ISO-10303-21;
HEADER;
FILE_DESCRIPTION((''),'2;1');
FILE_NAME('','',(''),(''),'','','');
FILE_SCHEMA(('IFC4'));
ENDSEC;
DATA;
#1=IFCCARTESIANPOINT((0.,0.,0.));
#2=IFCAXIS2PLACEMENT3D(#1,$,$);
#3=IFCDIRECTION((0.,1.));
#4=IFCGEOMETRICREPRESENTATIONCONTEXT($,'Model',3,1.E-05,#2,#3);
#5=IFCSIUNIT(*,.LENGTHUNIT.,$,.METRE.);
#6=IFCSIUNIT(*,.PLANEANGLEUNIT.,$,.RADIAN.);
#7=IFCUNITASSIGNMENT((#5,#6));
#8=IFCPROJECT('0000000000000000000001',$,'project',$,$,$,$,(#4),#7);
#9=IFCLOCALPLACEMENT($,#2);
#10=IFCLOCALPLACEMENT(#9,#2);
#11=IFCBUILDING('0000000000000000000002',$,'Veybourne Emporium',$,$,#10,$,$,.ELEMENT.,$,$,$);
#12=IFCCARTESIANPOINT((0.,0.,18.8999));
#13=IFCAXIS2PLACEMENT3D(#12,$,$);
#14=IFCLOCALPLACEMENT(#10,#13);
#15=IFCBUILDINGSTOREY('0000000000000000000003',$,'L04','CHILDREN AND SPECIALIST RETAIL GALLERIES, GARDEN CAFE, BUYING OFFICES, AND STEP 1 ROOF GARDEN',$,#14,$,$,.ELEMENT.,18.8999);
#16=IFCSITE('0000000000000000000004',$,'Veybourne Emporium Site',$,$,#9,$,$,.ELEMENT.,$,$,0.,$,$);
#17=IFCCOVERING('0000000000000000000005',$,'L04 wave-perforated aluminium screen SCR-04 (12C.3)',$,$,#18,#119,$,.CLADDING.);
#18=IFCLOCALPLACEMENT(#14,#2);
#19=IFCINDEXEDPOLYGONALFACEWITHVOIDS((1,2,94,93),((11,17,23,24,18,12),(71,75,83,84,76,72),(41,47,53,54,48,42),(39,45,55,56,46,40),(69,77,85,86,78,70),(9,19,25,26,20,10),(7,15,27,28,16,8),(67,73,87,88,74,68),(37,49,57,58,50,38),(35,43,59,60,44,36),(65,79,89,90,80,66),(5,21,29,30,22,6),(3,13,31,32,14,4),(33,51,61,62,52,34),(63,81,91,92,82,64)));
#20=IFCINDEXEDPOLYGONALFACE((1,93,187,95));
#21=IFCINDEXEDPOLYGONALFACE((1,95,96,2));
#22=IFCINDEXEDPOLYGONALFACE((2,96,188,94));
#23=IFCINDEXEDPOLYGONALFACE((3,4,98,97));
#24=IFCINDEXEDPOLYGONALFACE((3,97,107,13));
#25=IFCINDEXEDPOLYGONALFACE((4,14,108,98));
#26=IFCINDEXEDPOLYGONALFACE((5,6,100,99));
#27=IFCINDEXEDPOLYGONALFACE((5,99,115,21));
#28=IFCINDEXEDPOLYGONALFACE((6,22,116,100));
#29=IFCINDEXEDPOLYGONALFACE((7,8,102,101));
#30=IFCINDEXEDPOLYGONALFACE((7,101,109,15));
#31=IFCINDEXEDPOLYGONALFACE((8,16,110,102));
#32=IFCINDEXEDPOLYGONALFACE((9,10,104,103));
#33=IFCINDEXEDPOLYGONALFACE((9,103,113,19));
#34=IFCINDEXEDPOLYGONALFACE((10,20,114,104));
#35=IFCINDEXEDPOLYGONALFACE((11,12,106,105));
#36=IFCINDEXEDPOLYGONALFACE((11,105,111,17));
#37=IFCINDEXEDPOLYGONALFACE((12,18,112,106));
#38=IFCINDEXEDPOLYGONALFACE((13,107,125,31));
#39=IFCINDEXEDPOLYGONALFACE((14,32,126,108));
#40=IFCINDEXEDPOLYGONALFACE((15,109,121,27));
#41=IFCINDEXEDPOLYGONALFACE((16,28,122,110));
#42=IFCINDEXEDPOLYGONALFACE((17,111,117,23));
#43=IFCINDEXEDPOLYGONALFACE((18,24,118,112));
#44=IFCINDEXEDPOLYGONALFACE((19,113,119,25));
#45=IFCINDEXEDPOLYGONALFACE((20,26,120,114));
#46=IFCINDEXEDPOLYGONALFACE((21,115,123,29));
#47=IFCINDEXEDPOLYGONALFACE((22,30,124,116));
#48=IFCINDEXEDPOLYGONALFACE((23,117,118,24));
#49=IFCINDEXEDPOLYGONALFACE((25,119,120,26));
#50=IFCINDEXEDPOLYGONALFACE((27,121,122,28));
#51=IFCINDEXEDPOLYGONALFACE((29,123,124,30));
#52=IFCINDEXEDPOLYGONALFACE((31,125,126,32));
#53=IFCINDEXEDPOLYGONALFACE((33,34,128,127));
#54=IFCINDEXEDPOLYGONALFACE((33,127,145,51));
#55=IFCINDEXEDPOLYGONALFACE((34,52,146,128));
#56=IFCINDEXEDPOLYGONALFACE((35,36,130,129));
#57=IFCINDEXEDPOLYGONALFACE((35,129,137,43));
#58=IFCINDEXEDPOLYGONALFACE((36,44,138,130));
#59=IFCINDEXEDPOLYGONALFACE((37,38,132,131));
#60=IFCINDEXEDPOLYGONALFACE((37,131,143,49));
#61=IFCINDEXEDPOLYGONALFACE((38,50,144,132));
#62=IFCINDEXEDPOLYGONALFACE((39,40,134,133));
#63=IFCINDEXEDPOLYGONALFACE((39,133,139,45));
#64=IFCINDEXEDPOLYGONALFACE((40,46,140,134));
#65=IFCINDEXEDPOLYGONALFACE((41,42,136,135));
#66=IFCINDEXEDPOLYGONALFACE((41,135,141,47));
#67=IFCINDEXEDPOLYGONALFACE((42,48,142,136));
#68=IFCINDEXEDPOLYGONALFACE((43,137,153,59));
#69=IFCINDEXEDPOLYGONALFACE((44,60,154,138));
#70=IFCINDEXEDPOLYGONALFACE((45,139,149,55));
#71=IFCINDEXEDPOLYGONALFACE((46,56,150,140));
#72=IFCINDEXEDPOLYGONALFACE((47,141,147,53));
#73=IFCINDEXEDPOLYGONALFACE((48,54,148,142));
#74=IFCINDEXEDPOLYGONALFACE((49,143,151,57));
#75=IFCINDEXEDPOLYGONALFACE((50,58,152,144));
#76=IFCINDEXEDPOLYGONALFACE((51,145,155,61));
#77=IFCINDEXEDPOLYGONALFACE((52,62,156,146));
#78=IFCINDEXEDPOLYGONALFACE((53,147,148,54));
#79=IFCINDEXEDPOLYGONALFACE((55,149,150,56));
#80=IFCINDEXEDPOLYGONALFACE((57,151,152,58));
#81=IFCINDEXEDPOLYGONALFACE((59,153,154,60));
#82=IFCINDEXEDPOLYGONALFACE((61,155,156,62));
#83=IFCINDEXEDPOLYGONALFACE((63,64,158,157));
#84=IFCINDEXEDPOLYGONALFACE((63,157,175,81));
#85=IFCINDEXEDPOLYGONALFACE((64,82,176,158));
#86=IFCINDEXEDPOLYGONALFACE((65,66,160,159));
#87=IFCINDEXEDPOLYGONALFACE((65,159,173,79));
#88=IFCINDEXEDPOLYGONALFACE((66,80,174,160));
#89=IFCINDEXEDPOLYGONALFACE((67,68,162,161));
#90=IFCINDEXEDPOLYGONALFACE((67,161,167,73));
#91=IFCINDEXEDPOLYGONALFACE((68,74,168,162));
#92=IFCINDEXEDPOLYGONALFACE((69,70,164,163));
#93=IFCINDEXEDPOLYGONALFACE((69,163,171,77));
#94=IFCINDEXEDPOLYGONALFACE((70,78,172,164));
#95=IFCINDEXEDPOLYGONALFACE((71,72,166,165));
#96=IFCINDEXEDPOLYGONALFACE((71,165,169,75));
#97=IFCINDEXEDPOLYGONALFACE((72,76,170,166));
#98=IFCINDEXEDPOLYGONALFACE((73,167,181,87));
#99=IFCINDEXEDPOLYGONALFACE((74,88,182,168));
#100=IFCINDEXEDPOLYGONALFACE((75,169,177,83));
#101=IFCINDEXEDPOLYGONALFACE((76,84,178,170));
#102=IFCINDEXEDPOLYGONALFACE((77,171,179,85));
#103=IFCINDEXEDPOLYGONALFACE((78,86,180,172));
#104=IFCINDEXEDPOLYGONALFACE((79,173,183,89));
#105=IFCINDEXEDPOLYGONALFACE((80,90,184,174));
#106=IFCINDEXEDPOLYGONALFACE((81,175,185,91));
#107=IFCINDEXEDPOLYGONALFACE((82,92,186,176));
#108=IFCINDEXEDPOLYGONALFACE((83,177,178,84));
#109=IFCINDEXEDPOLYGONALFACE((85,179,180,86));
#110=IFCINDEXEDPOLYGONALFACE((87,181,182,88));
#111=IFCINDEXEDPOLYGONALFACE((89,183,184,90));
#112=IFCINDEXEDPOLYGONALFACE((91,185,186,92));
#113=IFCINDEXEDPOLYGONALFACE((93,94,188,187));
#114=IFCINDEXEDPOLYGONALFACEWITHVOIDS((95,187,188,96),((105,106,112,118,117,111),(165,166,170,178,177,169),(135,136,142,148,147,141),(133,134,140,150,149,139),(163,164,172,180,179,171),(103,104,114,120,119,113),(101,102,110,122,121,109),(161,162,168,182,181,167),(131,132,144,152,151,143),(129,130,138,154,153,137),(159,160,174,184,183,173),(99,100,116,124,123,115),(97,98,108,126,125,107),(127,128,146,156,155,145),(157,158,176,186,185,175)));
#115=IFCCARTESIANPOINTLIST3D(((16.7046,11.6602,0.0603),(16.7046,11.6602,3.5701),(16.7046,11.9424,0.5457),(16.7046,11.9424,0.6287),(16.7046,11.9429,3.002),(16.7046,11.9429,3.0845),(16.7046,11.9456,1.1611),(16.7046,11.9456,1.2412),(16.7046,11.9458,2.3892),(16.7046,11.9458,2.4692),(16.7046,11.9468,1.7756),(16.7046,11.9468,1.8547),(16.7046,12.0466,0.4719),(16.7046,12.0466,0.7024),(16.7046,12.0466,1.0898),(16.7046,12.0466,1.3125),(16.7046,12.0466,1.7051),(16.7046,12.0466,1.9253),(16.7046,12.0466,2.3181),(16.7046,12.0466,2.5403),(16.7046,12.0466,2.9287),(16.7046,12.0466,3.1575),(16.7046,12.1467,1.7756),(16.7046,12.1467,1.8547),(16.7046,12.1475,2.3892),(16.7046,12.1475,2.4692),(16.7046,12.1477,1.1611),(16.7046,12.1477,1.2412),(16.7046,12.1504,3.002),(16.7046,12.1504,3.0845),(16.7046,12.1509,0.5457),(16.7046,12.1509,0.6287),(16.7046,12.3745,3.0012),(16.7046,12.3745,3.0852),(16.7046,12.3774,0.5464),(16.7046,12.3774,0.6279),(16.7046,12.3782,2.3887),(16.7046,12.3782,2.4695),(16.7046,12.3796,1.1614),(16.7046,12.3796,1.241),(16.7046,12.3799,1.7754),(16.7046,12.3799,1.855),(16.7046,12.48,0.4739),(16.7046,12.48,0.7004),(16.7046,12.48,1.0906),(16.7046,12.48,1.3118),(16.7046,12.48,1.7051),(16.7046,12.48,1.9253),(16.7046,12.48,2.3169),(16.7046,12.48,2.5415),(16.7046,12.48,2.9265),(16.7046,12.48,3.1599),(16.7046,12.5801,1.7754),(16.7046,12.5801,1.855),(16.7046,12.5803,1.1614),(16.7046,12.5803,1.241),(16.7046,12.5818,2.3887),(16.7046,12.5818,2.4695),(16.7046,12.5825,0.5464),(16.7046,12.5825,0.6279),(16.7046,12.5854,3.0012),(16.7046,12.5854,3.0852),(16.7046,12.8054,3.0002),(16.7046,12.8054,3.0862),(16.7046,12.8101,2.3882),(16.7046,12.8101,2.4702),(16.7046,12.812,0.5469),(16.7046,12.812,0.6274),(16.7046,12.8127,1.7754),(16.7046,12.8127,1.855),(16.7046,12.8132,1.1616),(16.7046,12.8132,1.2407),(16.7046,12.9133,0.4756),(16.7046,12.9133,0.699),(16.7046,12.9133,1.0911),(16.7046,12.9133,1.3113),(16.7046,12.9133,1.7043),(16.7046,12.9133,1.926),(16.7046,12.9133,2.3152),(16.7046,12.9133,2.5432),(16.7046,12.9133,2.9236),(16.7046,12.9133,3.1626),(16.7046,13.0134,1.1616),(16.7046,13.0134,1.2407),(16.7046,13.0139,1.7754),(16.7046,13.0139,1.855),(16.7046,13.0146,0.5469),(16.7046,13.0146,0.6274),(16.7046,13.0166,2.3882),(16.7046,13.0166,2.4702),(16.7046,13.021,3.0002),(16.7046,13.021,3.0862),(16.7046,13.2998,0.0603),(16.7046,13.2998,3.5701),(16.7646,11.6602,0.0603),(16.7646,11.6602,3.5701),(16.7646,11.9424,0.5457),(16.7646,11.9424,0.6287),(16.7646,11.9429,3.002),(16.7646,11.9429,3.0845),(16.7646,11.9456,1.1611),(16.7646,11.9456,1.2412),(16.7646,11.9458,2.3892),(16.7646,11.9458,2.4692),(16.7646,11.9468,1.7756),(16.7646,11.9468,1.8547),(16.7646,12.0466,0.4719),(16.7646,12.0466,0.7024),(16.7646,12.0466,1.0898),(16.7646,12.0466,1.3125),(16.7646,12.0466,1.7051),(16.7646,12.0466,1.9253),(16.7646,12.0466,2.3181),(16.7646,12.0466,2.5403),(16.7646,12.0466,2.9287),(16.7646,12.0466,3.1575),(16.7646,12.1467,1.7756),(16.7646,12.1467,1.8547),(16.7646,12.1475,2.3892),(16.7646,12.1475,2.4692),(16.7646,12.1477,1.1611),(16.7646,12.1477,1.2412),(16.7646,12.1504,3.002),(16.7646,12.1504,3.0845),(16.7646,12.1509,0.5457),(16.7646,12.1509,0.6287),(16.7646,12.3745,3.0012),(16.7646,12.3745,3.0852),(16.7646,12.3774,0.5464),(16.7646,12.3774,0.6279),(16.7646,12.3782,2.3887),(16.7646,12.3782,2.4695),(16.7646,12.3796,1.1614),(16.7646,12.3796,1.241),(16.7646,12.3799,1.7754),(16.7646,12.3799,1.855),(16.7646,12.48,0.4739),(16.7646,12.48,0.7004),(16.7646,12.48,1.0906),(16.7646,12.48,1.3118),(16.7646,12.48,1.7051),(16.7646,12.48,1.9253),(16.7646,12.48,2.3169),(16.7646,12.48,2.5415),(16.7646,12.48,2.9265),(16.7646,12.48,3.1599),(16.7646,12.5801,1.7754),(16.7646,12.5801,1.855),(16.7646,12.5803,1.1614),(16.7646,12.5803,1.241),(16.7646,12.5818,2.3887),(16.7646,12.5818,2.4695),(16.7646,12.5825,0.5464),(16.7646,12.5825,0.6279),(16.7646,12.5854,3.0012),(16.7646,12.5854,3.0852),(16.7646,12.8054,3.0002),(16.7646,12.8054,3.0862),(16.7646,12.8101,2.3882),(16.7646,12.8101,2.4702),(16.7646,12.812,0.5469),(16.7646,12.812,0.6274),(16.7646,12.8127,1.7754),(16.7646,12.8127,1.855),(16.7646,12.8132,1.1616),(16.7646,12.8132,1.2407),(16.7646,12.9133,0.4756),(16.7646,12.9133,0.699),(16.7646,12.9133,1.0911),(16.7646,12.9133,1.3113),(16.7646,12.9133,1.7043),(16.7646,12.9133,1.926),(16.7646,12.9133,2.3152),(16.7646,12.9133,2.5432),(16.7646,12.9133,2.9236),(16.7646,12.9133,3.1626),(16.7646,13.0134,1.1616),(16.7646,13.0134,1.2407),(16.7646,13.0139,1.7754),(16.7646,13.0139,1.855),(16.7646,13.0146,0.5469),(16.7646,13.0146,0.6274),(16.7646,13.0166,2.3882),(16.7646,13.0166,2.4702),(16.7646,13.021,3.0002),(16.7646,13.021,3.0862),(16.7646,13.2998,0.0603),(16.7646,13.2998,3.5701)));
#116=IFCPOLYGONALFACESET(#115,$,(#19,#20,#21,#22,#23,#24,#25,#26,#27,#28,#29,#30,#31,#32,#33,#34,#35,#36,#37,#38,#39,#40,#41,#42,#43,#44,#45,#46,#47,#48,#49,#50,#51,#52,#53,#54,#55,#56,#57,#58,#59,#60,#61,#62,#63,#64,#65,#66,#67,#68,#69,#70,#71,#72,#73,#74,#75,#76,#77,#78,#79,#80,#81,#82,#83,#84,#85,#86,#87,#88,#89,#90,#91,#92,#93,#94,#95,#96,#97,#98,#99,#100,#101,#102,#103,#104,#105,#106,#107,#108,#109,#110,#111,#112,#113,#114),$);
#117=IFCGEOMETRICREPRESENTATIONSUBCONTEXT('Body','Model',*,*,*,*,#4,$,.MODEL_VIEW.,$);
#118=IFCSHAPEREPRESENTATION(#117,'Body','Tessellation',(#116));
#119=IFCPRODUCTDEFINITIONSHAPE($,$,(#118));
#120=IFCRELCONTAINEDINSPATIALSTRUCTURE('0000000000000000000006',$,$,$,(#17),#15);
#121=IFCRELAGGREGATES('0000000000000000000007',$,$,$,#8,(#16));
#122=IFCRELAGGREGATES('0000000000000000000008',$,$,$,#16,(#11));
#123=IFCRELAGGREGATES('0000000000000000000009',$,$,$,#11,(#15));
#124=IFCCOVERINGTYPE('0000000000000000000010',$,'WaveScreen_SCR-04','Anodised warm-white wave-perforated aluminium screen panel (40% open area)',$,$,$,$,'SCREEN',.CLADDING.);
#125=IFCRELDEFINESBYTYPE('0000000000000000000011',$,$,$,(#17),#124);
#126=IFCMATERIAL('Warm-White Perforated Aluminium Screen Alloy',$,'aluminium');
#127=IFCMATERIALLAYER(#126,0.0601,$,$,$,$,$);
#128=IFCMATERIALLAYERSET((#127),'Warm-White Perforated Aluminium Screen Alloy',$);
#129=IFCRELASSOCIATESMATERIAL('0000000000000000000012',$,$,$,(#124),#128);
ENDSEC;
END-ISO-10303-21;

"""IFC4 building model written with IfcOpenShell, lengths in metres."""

from ifc_helpers import new_model, si_unit, direction, frame, origin, place, context, subcontext, project, spatial, polyline, outline, extrude, material, layer, layer_set, type_object, element, save


model = new_model("IFC4")

# Units and contexts
model_context = context("Model", 3, precision=1e-05, world=origin(), true_north=direction((0.0, 1.0)))
body_context = subcontext(model_context, "Body", "Model", "MODEL_VIEW")
ifc_project = project(units=[si_unit("LENGTHUNIT", "METRE"), si_unit("PLANEANGLEUNIT", "RADIAN")], contexts=[model_context])

# Site, building, storey
site_placement = place(None, origin())
site = spatial("IfcSite", under=ifc_project, at=site_placement, Name="Veybourne Emporium Site", CompositionType="ELEMENT", RefElevation=0.0)
building_placement = place(site_placement, origin())
building = spatial("IfcBuilding", under=site, at=building_placement, Name="Veybourne Emporium", CompositionType="ELEMENT")
storey_placement = place(building_placement, frame((0.0, 0.0, 18.8999)))
storey = spatial("IfcBuildingStorey", under=building, at=storey_placement, Name="L04", Description="CHILDREN AND SPECIALIST RETAIL GALLERIES, GARDEN CAFE, BUYING OFFICES, AND STEP 1 ROOF GARDEN", CompositionType="ELEMENT", Elevation=18.8999)

# Covering
ifc_material_1 = material(Name="Warm-White Perforated Aluminium Screen Alloy", Category="aluminium")
ifc_layer_1 = layer(ifc_material_1, 0.0601)
ifc_layer_set_1 = layer_set([ifc_layer_1], Name="Warm-White Perforated Aluminium Screen Alloy")
covering_type_1 = type_object("IfcCoveringType", Name="WaveScreen_SCR-04", Description="Anodised warm-white wave-perforated aluminium screen panel (40% open area)", ElementType="SCREEN", PredefinedType="CLADDING", material=ifc_layer_set_1)
covering_1_placement = place(storey_placement, frame((16.7046, 12.48, 1.8152), z_axis=(1.0, 0.0, 0.0), x_axis=(0.0, 1.0, 0.0)))
element("IfcCovering", 1, at=covering_1_placement, inside=storey, type_object=covering_type_1, Name="L04 wave-perforated aluminium screen SCR-04 (12C.3)", PredefinedType="CLADDING", context=body_context, shape_type="SweptSolid", body=[
    extrude(outline(polyline([(-0.8198, -1.7549), (0.8198, -1.7549), (0.8198, 1.7549), (-0.8198, 1.7549), (-0.8198, -1.7549)]), holes=[polyline([(-0.4333, -1.1128), (-0.3291, -1.1865), (-0.3291, -1.2695), (-0.4333, -1.3433), (-0.5376, -1.2695), (-0.5376, -1.1865), (-0.4333, -1.1128)]), polyline([(-0.4333, -0.5027), (-0.3323, -0.574), (-0.3323, -0.6541), (-0.4333, -0.7253), (-0.5344, -0.6541), (-0.5344, -0.574), (-0.4333, -0.5027)]), polyline([(-0.4333, 0.1101), (-0.3333, 0.0396), (-0.3333, -0.0396), (-0.4333, -0.1101), (-0.5332, -0.0396), (-0.5332, 0.0396), (-0.4333, 0.1101)]), polyline([(-0.4333, 0.7251), (-0.3325, 0.6541), (-0.3325, 0.574), (-0.4333, 0.5029), (-0.5342, 0.574), (-0.5342, 0.6541), (-0.4333, 0.7251)]), polyline([(-0.4333, 1.3423), (-0.3296, 1.2693), (-0.3296, 1.1868), (-0.4333, 1.1135), (-0.5371, 1.1868), (-0.5371, 1.2693), (-0.4333, 1.3423)]), polyline([(0.0, -1.1147), (0.1025, -1.1873), (0.1025, -1.2688), (0.0, -1.3413), (-0.1025, -1.2688), (-0.1025, -1.1873), (0.0, -1.1147)]), polyline([(0.0, -0.5034), (0.1003, -0.5742), (0.1003, -0.6538), (0.0, -0.7246), (-0.1003, -0.6538), (-0.1003, -0.5742), (0.0, -0.5034)]), polyline([(0.0, 0.1101), (0.1001, 0.0398), (0.1001, -0.0398), (0.0, -0.1101), (-0.1001, -0.0398), (-0.1001, 0.0398), (0.0, 0.1101)]), polyline([(0.0, 0.7263), (0.1018, 0.6543), (0.1018, 0.5735), (0.0, 0.5017), (-0.1018, 0.5735), (-0.1018, 0.6543), (0.0, 0.7263)]), polyline([(0.0, 1.3447), (0.1055, 1.27), (0.1055, 1.186), (0.0, 1.1113), (-0.1055, 1.186), (-0.1055, 1.27), (0.0, 1.3447)]), polyline([(0.4333, -1.1162), (0.5347, -1.1877), (0.5347, -1.2683), (0.4333, -1.3396), (0.332, -1.2683), (0.332, -1.1877), (0.4333, -1.1162)]), polyline([(0.4333, -0.5039), (0.5334, -0.5745), (0.5334, -0.6536), (0.4333, -0.7241), (0.3333, -0.6536), (0.3333, -0.5745), (0.4333, -0.5039)]), polyline([(0.4333, 0.1108), (0.5339, 0.0398), (0.5339, -0.0398), (0.4333, -0.1108), (0.3328, -0.0398), (0.3328, 0.0398), (0.4333, 0.1108)]), polyline([(0.4333, 0.728), (0.5366, 0.655), (0.5366, 0.573), (0.4333, 0.5), (0.3301, 0.573), (0.3301, 0.655), (0.4333, 0.728)]), polyline([(0.4333, 1.3474), (0.541, 1.271), (0.541, 1.1851), (0.4333, 1.1084), (0.3254, 1.1851), (0.3254, 1.271), (0.4333, 1.3474)])]), origin(), (0.0, 0.0, 1.0), 0.0601),
])

save(model, "model.ifc")
